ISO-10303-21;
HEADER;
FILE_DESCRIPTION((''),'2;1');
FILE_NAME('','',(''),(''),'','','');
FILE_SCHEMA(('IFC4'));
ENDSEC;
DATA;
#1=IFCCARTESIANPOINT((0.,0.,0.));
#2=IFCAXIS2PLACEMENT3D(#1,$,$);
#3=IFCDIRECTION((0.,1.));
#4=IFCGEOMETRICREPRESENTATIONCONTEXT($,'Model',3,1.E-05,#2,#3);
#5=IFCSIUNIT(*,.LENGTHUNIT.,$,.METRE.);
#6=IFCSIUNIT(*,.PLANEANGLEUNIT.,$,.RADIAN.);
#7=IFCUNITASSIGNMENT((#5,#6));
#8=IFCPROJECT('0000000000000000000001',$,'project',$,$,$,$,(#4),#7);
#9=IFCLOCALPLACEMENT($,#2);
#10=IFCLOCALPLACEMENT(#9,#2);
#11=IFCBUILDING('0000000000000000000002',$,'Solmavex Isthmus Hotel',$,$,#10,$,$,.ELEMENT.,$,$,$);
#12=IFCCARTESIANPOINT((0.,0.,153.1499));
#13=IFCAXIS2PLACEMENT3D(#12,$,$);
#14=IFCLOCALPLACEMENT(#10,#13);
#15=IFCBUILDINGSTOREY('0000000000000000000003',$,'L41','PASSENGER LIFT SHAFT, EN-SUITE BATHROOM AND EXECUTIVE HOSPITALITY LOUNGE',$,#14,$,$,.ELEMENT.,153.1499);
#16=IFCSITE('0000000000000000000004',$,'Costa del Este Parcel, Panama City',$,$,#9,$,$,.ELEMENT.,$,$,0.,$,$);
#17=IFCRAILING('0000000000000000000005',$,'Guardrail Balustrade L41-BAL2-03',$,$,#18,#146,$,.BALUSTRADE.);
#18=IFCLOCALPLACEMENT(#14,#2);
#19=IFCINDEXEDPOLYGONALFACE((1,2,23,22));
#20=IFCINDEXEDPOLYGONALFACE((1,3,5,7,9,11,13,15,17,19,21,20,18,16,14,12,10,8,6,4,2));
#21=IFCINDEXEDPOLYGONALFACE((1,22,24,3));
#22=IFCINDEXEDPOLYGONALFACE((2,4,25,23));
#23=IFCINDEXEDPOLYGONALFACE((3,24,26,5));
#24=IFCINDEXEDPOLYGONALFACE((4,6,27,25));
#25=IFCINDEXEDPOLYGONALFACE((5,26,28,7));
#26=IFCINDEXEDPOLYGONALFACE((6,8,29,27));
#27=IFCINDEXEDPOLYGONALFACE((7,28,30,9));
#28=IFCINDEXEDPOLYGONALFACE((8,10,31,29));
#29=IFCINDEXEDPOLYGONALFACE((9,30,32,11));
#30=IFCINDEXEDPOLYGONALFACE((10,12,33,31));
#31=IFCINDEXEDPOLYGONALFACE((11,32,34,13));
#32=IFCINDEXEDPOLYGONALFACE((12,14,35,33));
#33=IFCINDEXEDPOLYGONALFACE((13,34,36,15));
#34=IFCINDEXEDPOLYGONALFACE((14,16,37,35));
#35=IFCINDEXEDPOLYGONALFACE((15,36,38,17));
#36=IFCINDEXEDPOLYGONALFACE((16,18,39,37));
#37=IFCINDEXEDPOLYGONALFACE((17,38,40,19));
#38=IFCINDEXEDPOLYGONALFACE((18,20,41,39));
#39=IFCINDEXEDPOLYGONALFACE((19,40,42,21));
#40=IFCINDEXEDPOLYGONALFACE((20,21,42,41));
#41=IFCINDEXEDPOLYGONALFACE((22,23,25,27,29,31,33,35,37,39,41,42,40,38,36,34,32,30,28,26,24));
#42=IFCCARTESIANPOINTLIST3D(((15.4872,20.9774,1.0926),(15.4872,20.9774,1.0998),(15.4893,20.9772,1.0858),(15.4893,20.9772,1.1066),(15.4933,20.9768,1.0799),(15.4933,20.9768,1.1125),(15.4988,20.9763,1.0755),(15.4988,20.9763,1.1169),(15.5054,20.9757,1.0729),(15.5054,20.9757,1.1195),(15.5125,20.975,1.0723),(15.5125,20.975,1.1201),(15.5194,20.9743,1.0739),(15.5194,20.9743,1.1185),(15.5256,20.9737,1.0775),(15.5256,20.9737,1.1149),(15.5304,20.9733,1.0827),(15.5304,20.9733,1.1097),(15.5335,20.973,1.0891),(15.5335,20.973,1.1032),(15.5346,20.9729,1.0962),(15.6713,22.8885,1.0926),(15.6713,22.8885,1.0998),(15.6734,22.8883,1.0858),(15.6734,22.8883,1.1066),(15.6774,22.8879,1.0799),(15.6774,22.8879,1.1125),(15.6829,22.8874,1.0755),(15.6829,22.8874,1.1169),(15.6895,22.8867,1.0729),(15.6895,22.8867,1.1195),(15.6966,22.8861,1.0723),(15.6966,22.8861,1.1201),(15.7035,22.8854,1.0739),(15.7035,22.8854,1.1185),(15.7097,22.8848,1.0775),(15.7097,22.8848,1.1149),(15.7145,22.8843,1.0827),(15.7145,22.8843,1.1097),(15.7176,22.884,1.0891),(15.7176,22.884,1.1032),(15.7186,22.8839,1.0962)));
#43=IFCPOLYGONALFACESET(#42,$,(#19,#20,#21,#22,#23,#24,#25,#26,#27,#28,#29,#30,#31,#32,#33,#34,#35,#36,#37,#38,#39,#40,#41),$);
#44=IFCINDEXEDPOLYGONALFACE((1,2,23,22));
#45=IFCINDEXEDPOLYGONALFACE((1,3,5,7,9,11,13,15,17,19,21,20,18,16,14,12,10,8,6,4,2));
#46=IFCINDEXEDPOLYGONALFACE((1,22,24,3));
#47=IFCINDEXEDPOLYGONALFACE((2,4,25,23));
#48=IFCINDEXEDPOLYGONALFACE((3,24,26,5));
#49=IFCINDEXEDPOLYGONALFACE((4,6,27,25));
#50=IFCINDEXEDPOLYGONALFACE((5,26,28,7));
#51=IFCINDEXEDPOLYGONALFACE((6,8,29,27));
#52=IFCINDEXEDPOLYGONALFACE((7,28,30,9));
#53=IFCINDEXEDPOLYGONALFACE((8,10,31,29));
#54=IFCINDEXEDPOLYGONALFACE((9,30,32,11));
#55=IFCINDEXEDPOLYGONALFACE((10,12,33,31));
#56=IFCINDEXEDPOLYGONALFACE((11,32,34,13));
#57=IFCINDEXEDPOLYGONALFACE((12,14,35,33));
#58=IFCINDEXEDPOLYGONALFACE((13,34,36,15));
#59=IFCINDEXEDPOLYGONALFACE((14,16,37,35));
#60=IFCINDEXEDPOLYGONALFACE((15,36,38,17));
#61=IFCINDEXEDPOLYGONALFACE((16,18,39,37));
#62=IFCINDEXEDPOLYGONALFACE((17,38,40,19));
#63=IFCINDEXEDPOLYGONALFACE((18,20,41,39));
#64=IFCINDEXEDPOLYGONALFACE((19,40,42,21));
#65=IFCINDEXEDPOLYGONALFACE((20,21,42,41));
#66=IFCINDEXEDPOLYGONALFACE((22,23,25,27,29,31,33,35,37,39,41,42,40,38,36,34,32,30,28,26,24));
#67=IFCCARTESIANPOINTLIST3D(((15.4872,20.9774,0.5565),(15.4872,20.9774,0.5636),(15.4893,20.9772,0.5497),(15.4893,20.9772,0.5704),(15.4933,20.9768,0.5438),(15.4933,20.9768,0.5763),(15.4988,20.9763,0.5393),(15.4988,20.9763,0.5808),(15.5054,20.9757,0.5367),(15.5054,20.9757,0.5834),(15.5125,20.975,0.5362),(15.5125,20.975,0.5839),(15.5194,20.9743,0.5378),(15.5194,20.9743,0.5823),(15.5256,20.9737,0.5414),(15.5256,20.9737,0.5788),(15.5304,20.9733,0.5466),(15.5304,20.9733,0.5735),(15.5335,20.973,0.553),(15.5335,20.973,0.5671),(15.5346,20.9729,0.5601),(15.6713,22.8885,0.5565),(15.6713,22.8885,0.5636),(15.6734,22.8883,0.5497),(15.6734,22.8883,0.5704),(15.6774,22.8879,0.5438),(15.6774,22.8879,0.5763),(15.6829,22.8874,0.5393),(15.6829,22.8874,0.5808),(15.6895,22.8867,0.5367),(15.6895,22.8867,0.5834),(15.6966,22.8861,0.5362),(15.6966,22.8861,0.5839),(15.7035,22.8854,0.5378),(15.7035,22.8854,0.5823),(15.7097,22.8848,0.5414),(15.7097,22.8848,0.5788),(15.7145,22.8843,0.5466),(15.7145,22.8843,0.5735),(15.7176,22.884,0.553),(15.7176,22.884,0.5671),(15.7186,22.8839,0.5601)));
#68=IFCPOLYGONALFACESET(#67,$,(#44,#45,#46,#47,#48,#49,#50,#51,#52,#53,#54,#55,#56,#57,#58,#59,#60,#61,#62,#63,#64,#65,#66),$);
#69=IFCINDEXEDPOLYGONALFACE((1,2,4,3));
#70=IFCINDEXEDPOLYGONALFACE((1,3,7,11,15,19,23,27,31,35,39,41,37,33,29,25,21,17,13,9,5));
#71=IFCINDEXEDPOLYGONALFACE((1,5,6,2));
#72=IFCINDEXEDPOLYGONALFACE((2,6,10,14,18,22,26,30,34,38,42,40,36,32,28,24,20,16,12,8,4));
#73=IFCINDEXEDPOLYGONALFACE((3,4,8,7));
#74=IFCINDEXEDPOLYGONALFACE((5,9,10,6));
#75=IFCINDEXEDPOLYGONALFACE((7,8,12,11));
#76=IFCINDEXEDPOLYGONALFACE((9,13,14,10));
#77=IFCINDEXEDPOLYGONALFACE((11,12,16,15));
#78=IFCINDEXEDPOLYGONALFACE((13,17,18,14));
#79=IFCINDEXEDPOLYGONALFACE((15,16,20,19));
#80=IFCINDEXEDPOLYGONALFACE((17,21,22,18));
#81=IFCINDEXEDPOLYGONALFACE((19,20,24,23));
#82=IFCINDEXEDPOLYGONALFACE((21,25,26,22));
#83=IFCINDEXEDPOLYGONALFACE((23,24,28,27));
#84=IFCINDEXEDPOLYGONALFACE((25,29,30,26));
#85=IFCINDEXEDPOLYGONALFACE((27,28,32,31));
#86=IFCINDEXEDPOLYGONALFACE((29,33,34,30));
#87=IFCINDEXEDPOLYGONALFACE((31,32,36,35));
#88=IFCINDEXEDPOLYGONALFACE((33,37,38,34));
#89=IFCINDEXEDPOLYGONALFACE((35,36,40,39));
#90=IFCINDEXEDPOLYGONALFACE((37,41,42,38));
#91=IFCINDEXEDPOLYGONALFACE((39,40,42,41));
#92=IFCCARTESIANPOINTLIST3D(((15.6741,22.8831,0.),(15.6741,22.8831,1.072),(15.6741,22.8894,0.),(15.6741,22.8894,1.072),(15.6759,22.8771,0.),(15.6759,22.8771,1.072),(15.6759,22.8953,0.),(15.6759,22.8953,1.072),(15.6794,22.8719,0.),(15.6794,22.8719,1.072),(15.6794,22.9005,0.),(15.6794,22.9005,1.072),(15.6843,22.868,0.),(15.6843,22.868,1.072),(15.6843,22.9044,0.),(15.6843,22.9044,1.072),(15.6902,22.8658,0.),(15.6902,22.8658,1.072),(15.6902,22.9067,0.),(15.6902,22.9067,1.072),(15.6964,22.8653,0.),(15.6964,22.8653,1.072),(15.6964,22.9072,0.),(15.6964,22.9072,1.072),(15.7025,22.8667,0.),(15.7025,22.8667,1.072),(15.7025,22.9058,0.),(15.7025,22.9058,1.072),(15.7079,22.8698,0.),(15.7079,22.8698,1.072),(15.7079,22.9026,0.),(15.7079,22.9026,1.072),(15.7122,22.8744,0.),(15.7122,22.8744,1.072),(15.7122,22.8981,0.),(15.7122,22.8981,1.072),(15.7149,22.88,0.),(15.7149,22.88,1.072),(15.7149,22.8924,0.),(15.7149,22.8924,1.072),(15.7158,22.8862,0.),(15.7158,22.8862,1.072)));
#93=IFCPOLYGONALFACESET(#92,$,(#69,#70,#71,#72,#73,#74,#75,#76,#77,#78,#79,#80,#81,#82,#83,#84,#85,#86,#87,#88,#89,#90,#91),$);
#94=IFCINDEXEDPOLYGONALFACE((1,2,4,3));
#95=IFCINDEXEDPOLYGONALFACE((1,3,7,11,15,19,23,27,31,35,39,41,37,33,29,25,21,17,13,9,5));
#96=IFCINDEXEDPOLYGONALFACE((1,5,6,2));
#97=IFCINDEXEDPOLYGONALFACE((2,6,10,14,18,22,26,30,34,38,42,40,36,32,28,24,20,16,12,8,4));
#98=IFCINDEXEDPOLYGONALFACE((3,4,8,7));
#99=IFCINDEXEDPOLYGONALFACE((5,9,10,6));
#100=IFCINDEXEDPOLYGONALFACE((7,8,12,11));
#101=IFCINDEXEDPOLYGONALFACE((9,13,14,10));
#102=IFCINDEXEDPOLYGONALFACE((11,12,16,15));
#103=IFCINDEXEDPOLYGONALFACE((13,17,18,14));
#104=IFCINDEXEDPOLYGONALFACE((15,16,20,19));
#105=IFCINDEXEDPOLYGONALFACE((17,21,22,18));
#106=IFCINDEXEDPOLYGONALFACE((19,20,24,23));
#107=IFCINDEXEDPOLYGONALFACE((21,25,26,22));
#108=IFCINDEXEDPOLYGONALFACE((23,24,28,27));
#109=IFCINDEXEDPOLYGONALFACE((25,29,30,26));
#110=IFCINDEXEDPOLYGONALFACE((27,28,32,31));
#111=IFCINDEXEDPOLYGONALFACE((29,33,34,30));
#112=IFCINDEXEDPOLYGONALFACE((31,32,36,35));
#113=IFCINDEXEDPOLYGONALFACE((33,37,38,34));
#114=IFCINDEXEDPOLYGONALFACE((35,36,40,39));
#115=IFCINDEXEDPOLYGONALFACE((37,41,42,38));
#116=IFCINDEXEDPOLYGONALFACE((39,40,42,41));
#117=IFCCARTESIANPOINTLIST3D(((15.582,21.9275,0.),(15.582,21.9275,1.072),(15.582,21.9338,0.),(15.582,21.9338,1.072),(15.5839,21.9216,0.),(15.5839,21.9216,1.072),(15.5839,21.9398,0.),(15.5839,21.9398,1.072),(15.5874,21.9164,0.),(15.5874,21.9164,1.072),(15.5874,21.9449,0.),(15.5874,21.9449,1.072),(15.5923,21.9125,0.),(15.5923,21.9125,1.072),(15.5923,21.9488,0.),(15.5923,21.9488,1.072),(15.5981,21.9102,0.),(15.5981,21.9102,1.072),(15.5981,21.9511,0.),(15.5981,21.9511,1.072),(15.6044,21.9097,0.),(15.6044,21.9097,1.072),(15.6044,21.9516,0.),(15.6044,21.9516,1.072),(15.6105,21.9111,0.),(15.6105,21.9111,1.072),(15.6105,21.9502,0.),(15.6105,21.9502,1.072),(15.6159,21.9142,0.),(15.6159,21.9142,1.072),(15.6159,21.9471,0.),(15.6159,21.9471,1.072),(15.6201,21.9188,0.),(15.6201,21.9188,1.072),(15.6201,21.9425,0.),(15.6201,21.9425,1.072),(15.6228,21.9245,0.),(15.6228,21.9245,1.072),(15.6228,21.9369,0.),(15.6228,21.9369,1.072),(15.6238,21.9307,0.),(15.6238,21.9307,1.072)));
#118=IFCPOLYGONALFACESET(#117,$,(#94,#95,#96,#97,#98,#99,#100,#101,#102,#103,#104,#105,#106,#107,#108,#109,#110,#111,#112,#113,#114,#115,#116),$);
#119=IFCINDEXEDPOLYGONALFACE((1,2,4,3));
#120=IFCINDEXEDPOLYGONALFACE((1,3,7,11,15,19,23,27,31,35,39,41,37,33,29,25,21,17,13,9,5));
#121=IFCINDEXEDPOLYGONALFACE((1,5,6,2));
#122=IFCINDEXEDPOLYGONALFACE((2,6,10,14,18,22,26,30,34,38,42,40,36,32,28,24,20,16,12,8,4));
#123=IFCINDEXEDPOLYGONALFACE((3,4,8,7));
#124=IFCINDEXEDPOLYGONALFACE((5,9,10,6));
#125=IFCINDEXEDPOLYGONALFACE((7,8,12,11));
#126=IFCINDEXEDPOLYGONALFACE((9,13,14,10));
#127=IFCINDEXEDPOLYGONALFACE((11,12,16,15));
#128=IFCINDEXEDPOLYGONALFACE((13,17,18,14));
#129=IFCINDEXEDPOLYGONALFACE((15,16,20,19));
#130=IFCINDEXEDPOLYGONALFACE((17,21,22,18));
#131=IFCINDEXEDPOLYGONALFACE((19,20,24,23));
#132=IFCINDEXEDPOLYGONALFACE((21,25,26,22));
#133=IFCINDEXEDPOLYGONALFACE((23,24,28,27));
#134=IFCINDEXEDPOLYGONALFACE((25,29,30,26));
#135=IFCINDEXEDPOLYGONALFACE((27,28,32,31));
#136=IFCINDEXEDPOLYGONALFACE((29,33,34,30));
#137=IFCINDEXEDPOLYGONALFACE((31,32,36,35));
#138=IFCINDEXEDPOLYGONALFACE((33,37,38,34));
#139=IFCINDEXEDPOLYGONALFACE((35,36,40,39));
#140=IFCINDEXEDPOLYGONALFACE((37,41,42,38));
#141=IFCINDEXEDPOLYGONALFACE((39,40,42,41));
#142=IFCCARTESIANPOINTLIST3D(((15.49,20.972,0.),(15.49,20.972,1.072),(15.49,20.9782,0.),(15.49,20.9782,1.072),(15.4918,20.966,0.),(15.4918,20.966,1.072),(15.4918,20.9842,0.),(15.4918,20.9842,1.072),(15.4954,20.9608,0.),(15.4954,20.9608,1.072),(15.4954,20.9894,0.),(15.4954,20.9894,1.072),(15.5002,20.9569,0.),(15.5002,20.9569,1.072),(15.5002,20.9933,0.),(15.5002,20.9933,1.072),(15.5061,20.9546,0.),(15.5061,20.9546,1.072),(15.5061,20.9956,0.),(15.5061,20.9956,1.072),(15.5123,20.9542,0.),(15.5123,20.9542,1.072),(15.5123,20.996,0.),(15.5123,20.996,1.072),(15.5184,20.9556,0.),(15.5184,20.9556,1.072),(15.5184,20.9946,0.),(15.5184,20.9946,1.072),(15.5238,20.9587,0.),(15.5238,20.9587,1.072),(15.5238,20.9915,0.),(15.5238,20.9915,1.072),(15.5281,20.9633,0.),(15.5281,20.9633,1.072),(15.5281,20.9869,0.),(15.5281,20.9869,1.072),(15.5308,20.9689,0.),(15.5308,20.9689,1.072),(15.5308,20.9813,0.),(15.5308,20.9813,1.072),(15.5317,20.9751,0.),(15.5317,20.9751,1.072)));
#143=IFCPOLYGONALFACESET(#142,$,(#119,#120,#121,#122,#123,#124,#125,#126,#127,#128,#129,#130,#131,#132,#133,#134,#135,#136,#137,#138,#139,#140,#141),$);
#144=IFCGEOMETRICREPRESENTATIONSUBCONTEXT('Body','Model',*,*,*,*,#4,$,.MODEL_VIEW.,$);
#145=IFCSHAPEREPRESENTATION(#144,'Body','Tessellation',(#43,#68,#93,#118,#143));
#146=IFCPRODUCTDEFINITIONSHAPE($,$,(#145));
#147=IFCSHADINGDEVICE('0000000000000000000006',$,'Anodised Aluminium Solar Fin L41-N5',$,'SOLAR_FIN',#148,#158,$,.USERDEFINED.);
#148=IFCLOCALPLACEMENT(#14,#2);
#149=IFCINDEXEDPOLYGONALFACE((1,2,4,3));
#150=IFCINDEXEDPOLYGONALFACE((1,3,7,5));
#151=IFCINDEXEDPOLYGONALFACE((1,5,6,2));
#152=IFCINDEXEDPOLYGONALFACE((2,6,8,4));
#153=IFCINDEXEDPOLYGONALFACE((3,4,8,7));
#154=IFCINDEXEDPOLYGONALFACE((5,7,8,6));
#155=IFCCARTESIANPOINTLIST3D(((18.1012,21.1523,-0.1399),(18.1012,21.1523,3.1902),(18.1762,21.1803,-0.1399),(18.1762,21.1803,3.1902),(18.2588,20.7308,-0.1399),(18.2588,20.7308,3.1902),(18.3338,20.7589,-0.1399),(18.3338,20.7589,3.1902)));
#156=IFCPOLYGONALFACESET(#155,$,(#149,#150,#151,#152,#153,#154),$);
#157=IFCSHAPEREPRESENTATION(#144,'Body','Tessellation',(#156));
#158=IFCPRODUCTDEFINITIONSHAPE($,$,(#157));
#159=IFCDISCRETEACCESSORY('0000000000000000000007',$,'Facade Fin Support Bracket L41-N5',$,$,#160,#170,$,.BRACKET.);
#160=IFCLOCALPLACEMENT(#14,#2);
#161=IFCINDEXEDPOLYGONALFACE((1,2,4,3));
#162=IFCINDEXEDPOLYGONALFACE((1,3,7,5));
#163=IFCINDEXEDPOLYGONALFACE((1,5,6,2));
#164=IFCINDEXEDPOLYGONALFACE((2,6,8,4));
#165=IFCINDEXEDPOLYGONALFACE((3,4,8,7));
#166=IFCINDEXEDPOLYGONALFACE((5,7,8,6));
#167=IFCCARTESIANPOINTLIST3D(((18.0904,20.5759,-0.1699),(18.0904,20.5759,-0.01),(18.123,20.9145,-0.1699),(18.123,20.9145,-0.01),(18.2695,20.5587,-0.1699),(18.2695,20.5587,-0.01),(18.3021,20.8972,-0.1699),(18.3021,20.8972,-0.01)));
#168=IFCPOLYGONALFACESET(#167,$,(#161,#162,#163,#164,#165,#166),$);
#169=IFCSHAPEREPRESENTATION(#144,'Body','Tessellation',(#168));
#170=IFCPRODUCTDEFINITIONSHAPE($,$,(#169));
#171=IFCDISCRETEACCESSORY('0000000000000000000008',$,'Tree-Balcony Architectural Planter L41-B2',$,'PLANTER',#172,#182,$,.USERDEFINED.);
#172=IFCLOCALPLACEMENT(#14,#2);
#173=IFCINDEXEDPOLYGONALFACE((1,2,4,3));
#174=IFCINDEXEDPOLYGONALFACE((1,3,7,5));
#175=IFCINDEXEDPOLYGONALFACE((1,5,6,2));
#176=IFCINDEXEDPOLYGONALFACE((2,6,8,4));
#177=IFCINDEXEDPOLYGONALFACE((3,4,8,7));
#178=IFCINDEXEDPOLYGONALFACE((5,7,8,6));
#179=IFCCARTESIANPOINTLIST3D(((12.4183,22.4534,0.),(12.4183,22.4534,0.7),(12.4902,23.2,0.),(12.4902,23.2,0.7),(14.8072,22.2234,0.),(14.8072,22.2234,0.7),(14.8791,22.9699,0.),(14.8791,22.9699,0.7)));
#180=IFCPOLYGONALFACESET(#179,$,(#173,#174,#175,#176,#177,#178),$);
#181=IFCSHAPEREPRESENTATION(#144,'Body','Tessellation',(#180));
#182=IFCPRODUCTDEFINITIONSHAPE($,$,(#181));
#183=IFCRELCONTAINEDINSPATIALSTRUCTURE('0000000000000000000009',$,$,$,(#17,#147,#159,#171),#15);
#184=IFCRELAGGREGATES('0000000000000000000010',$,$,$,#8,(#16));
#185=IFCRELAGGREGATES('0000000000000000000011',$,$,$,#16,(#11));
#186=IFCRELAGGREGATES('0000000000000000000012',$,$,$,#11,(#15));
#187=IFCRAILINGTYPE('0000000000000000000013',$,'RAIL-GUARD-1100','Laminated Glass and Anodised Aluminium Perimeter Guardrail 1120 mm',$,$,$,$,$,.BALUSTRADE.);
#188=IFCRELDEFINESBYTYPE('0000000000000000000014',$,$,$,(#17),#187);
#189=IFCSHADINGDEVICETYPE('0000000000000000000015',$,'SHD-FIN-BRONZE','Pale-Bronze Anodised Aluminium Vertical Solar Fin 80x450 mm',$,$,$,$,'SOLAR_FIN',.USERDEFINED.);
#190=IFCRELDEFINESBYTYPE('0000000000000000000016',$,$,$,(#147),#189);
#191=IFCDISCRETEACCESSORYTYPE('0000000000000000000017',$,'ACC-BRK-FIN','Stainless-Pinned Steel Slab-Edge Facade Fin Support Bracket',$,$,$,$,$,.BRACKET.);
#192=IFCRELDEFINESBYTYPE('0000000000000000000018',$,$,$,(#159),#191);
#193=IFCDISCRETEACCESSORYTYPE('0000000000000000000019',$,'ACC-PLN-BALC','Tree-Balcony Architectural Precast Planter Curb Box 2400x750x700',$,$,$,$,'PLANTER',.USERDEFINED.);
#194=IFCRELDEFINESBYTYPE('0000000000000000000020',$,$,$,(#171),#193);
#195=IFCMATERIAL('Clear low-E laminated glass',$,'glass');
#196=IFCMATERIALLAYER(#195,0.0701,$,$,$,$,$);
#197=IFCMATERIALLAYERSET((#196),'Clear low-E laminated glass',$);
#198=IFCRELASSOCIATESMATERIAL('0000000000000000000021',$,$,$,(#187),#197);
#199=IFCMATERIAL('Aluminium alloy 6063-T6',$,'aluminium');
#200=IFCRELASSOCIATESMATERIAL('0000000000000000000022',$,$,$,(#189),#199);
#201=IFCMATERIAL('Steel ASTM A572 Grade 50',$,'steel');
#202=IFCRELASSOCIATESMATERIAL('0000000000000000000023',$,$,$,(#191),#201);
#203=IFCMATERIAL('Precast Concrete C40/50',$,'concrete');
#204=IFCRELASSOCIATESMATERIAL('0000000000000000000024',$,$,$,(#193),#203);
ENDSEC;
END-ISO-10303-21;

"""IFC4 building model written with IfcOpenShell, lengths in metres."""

from ifc_helpers import new_model, si_unit, direction, frame, origin, origin_2d, place, context, subcontext, project, spatial, rectangle, circle, extrude, material, layer, layer_set, type_object, element, save


model = new_model("IFC4")

# Units and contexts
model_context = context("Model", 3, precision=1e-05, world=origin(), true_north=direction((0.0, 1.0)))
body_context = subcontext(model_context, "Body", "Model", "MODEL_VIEW")
ifc_project = project(units=[si_unit("LENGTHUNIT", "METRE"), si_unit("PLANEANGLEUNIT", "RADIAN")], contexts=[model_context])

# Site, building, storey
site_placement = place(None, origin())
site = spatial("IfcSite", under=ifc_project, at=site_placement, Name="Costa del Este Parcel, Panama City", CompositionType="ELEMENT", RefElevation=0.0)
building_placement = place(site_placement, origin())
building = spatial("IfcBuilding", under=site, at=building_placement, Name="Solmavex Isthmus Hotel", CompositionType="ELEMENT")
storey_placement = place(building_placement, frame((0.0, 0.0, 153.1499)))
storey = spatial("IfcBuildingStorey", under=building, at=storey_placement, Name="L41", Description="PASSENGER LIFT SHAFT, EN-SUITE BATHROOM AND EXECUTIVE HOSPITALITY LOUNGE", CompositionType="ELEMENT", Elevation=153.1499)

# Shared definitions
ifc_material_1 = material(Name="Aluminium alloy 6063-T6", Category="aluminium")

# Shared definitions
ifc_material_2 = material(Name="Clear low-E laminated glass", Category="glass")

# Shared definitions
ifc_material_3 = material(Name="Precast Concrete C40/50", Category="concrete")

# Railing
ifc_layer_1 = layer(ifc_material_2, 0.0701)
ifc_layer_set_1 = layer_set([ifc_layer_1], Name="Clear low-E laminated glass")
railing_type = type_object("IfcRailingType", Name="RAIL-GUARD-1100", Description="Laminated Glass and Anodised Aluminium Perimeter Guardrail 1120 mm", PredefinedType="BALUSTRADE", material=ifc_layer_set_1)
railing_1_placement = place(storey_placement, frame((15.6948, 22.8862, 0.0)))
element("IfcRailing", 1, at=railing_1_placement, inside=storey, type_object=railing_type, Name="Guardrail Balustrade L41-BAL2-03", PredefinedType="BALUSTRADE", context=body_context, shape_type="SweptSolid", body=[
    extrude(circle(Radius=0.0239, at=origin_2d()), frame((0.0, 0.0, 1.0962), z_axis=(-0.095877, -0.995393, 0.0), x_axis=(0.995393, -0.095877, 0.0)), (0.0, 0.0, 1.0), 1.9199),
    extrude(circle(Radius=0.0239, at=origin_2d()), frame((0.0, 0.0, 0.5601), z_axis=(-0.095877, -0.995393, 0.0), x_axis=(0.995393, -0.095877, 0.0)), (0.0, 0.0, 1.0), 1.9199),
    extrude(circle(Radius=0.021, at=origin_2d()), origin(), (0.0, 0.0, 1.0), 1.072),
    extrude(circle(Radius=0.021, at=origin_2d()), frame((-0.092, -0.9556, 0.0)), (0.0, 0.0, 1.0), 1.072),
    extrude(circle(Radius=0.021, at=origin_2d()), frame((-0.1841, -1.9111, 0.0)), (0.0, 0.0, 1.0), 1.072),
])

# Shading device
shading_device_type = type_object("IfcShadingDeviceType", Name="SHD-FIN-BRONZE", Description="Pale-Bronze Anodised Aluminium Vertical Solar Fin 80x450 mm", ElementType="SOLAR_FIN", PredefinedType="USERDEFINED", material=ifc_material_1)
shading_device_placement = place(storey_placement, frame((18.2175, 20.9556, -0.1399), z_axis=(0.0, 0.0, 1.0), x_axis=(-0.350207, 0.936672, 0.0)))
element("IfcShadingDevice", 2, at=shading_device_placement, inside=storey, type_object=shading_device_type, Name="Anodised Aluminium Solar Fin L41-N5", ObjectType="SOLAR_FIN", PredefinedType="USERDEFINED", context=body_context, shape_type="SweptSolid", body=[
    extrude(rectangle(XDim=0.45, YDim=0.0801, at=origin_2d()), origin(), (0.0, 0.0, 1.0), 3.3301),
])

# Discrete accessories
ifc_material_4 = material(Name="Steel ASTM A572 Grade 50", Category="steel")
discrete_accessory_type_1 = type_object("IfcDiscreteAccessoryType", Name="ACC-BRK-FIN", Description="Stainless-Pinned Steel Slab-Edge Facade Fin Support Bracket", PredefinedType="BRACKET", material=ifc_material_4)
discrete_accessory_1_placement = place(storey_placement, frame((18.1963, 20.7366, -0.1699), z_axis=(0.0, 0.0, 1.0), x_axis=(0.095846, 0.995396, 0.0)))
element("IfcDiscreteAccessory", 3, at=discrete_accessory_1_placement, inside=storey, type_object=discrete_accessory_type_1, Name="Facade Fin Support Bracket L41-N5", PredefinedType="BRACKET", context=body_context, shape_type="SweptSolid", body=[
    extrude(rectangle(XDim=0.3401, YDim=0.1799, at=origin_2d()), origin(), (0.0, 0.0, 1.0), 0.1599),
])
discrete_accessory_type_2 = type_object("IfcDiscreteAccessoryType", Name="ACC-PLN-BALC", Description="Tree-Balcony Architectural Precast Planter Curb Box 2400x750x700", ElementType="PLANTER", PredefinedType="USERDEFINED", material=ifc_material_3)
discrete_accessory_2_placement = place(storey_placement, frame((13.6487, 22.7117, 0.0), z_axis=(0.0, 0.0, 1.0), x_axis=(0.995396, -0.095846, 0.0)))
element("IfcDiscreteAccessory", 4, at=discrete_accessory_2_placement, inside=storey, type_object=discrete_accessory_type_2, Name="Tree-Balcony Architectural Planter L41-B2", ObjectType="PLANTER", PredefinedType="USERDEFINED", context=body_context, shape_type="SweptSolid", body=[
    extrude(rectangle(XDim=2.3999, YDim=0.75, at=origin_2d()), origin(), (0.0, 0.0, 1.0), 0.7),
])

save(model, "model.ifc")
